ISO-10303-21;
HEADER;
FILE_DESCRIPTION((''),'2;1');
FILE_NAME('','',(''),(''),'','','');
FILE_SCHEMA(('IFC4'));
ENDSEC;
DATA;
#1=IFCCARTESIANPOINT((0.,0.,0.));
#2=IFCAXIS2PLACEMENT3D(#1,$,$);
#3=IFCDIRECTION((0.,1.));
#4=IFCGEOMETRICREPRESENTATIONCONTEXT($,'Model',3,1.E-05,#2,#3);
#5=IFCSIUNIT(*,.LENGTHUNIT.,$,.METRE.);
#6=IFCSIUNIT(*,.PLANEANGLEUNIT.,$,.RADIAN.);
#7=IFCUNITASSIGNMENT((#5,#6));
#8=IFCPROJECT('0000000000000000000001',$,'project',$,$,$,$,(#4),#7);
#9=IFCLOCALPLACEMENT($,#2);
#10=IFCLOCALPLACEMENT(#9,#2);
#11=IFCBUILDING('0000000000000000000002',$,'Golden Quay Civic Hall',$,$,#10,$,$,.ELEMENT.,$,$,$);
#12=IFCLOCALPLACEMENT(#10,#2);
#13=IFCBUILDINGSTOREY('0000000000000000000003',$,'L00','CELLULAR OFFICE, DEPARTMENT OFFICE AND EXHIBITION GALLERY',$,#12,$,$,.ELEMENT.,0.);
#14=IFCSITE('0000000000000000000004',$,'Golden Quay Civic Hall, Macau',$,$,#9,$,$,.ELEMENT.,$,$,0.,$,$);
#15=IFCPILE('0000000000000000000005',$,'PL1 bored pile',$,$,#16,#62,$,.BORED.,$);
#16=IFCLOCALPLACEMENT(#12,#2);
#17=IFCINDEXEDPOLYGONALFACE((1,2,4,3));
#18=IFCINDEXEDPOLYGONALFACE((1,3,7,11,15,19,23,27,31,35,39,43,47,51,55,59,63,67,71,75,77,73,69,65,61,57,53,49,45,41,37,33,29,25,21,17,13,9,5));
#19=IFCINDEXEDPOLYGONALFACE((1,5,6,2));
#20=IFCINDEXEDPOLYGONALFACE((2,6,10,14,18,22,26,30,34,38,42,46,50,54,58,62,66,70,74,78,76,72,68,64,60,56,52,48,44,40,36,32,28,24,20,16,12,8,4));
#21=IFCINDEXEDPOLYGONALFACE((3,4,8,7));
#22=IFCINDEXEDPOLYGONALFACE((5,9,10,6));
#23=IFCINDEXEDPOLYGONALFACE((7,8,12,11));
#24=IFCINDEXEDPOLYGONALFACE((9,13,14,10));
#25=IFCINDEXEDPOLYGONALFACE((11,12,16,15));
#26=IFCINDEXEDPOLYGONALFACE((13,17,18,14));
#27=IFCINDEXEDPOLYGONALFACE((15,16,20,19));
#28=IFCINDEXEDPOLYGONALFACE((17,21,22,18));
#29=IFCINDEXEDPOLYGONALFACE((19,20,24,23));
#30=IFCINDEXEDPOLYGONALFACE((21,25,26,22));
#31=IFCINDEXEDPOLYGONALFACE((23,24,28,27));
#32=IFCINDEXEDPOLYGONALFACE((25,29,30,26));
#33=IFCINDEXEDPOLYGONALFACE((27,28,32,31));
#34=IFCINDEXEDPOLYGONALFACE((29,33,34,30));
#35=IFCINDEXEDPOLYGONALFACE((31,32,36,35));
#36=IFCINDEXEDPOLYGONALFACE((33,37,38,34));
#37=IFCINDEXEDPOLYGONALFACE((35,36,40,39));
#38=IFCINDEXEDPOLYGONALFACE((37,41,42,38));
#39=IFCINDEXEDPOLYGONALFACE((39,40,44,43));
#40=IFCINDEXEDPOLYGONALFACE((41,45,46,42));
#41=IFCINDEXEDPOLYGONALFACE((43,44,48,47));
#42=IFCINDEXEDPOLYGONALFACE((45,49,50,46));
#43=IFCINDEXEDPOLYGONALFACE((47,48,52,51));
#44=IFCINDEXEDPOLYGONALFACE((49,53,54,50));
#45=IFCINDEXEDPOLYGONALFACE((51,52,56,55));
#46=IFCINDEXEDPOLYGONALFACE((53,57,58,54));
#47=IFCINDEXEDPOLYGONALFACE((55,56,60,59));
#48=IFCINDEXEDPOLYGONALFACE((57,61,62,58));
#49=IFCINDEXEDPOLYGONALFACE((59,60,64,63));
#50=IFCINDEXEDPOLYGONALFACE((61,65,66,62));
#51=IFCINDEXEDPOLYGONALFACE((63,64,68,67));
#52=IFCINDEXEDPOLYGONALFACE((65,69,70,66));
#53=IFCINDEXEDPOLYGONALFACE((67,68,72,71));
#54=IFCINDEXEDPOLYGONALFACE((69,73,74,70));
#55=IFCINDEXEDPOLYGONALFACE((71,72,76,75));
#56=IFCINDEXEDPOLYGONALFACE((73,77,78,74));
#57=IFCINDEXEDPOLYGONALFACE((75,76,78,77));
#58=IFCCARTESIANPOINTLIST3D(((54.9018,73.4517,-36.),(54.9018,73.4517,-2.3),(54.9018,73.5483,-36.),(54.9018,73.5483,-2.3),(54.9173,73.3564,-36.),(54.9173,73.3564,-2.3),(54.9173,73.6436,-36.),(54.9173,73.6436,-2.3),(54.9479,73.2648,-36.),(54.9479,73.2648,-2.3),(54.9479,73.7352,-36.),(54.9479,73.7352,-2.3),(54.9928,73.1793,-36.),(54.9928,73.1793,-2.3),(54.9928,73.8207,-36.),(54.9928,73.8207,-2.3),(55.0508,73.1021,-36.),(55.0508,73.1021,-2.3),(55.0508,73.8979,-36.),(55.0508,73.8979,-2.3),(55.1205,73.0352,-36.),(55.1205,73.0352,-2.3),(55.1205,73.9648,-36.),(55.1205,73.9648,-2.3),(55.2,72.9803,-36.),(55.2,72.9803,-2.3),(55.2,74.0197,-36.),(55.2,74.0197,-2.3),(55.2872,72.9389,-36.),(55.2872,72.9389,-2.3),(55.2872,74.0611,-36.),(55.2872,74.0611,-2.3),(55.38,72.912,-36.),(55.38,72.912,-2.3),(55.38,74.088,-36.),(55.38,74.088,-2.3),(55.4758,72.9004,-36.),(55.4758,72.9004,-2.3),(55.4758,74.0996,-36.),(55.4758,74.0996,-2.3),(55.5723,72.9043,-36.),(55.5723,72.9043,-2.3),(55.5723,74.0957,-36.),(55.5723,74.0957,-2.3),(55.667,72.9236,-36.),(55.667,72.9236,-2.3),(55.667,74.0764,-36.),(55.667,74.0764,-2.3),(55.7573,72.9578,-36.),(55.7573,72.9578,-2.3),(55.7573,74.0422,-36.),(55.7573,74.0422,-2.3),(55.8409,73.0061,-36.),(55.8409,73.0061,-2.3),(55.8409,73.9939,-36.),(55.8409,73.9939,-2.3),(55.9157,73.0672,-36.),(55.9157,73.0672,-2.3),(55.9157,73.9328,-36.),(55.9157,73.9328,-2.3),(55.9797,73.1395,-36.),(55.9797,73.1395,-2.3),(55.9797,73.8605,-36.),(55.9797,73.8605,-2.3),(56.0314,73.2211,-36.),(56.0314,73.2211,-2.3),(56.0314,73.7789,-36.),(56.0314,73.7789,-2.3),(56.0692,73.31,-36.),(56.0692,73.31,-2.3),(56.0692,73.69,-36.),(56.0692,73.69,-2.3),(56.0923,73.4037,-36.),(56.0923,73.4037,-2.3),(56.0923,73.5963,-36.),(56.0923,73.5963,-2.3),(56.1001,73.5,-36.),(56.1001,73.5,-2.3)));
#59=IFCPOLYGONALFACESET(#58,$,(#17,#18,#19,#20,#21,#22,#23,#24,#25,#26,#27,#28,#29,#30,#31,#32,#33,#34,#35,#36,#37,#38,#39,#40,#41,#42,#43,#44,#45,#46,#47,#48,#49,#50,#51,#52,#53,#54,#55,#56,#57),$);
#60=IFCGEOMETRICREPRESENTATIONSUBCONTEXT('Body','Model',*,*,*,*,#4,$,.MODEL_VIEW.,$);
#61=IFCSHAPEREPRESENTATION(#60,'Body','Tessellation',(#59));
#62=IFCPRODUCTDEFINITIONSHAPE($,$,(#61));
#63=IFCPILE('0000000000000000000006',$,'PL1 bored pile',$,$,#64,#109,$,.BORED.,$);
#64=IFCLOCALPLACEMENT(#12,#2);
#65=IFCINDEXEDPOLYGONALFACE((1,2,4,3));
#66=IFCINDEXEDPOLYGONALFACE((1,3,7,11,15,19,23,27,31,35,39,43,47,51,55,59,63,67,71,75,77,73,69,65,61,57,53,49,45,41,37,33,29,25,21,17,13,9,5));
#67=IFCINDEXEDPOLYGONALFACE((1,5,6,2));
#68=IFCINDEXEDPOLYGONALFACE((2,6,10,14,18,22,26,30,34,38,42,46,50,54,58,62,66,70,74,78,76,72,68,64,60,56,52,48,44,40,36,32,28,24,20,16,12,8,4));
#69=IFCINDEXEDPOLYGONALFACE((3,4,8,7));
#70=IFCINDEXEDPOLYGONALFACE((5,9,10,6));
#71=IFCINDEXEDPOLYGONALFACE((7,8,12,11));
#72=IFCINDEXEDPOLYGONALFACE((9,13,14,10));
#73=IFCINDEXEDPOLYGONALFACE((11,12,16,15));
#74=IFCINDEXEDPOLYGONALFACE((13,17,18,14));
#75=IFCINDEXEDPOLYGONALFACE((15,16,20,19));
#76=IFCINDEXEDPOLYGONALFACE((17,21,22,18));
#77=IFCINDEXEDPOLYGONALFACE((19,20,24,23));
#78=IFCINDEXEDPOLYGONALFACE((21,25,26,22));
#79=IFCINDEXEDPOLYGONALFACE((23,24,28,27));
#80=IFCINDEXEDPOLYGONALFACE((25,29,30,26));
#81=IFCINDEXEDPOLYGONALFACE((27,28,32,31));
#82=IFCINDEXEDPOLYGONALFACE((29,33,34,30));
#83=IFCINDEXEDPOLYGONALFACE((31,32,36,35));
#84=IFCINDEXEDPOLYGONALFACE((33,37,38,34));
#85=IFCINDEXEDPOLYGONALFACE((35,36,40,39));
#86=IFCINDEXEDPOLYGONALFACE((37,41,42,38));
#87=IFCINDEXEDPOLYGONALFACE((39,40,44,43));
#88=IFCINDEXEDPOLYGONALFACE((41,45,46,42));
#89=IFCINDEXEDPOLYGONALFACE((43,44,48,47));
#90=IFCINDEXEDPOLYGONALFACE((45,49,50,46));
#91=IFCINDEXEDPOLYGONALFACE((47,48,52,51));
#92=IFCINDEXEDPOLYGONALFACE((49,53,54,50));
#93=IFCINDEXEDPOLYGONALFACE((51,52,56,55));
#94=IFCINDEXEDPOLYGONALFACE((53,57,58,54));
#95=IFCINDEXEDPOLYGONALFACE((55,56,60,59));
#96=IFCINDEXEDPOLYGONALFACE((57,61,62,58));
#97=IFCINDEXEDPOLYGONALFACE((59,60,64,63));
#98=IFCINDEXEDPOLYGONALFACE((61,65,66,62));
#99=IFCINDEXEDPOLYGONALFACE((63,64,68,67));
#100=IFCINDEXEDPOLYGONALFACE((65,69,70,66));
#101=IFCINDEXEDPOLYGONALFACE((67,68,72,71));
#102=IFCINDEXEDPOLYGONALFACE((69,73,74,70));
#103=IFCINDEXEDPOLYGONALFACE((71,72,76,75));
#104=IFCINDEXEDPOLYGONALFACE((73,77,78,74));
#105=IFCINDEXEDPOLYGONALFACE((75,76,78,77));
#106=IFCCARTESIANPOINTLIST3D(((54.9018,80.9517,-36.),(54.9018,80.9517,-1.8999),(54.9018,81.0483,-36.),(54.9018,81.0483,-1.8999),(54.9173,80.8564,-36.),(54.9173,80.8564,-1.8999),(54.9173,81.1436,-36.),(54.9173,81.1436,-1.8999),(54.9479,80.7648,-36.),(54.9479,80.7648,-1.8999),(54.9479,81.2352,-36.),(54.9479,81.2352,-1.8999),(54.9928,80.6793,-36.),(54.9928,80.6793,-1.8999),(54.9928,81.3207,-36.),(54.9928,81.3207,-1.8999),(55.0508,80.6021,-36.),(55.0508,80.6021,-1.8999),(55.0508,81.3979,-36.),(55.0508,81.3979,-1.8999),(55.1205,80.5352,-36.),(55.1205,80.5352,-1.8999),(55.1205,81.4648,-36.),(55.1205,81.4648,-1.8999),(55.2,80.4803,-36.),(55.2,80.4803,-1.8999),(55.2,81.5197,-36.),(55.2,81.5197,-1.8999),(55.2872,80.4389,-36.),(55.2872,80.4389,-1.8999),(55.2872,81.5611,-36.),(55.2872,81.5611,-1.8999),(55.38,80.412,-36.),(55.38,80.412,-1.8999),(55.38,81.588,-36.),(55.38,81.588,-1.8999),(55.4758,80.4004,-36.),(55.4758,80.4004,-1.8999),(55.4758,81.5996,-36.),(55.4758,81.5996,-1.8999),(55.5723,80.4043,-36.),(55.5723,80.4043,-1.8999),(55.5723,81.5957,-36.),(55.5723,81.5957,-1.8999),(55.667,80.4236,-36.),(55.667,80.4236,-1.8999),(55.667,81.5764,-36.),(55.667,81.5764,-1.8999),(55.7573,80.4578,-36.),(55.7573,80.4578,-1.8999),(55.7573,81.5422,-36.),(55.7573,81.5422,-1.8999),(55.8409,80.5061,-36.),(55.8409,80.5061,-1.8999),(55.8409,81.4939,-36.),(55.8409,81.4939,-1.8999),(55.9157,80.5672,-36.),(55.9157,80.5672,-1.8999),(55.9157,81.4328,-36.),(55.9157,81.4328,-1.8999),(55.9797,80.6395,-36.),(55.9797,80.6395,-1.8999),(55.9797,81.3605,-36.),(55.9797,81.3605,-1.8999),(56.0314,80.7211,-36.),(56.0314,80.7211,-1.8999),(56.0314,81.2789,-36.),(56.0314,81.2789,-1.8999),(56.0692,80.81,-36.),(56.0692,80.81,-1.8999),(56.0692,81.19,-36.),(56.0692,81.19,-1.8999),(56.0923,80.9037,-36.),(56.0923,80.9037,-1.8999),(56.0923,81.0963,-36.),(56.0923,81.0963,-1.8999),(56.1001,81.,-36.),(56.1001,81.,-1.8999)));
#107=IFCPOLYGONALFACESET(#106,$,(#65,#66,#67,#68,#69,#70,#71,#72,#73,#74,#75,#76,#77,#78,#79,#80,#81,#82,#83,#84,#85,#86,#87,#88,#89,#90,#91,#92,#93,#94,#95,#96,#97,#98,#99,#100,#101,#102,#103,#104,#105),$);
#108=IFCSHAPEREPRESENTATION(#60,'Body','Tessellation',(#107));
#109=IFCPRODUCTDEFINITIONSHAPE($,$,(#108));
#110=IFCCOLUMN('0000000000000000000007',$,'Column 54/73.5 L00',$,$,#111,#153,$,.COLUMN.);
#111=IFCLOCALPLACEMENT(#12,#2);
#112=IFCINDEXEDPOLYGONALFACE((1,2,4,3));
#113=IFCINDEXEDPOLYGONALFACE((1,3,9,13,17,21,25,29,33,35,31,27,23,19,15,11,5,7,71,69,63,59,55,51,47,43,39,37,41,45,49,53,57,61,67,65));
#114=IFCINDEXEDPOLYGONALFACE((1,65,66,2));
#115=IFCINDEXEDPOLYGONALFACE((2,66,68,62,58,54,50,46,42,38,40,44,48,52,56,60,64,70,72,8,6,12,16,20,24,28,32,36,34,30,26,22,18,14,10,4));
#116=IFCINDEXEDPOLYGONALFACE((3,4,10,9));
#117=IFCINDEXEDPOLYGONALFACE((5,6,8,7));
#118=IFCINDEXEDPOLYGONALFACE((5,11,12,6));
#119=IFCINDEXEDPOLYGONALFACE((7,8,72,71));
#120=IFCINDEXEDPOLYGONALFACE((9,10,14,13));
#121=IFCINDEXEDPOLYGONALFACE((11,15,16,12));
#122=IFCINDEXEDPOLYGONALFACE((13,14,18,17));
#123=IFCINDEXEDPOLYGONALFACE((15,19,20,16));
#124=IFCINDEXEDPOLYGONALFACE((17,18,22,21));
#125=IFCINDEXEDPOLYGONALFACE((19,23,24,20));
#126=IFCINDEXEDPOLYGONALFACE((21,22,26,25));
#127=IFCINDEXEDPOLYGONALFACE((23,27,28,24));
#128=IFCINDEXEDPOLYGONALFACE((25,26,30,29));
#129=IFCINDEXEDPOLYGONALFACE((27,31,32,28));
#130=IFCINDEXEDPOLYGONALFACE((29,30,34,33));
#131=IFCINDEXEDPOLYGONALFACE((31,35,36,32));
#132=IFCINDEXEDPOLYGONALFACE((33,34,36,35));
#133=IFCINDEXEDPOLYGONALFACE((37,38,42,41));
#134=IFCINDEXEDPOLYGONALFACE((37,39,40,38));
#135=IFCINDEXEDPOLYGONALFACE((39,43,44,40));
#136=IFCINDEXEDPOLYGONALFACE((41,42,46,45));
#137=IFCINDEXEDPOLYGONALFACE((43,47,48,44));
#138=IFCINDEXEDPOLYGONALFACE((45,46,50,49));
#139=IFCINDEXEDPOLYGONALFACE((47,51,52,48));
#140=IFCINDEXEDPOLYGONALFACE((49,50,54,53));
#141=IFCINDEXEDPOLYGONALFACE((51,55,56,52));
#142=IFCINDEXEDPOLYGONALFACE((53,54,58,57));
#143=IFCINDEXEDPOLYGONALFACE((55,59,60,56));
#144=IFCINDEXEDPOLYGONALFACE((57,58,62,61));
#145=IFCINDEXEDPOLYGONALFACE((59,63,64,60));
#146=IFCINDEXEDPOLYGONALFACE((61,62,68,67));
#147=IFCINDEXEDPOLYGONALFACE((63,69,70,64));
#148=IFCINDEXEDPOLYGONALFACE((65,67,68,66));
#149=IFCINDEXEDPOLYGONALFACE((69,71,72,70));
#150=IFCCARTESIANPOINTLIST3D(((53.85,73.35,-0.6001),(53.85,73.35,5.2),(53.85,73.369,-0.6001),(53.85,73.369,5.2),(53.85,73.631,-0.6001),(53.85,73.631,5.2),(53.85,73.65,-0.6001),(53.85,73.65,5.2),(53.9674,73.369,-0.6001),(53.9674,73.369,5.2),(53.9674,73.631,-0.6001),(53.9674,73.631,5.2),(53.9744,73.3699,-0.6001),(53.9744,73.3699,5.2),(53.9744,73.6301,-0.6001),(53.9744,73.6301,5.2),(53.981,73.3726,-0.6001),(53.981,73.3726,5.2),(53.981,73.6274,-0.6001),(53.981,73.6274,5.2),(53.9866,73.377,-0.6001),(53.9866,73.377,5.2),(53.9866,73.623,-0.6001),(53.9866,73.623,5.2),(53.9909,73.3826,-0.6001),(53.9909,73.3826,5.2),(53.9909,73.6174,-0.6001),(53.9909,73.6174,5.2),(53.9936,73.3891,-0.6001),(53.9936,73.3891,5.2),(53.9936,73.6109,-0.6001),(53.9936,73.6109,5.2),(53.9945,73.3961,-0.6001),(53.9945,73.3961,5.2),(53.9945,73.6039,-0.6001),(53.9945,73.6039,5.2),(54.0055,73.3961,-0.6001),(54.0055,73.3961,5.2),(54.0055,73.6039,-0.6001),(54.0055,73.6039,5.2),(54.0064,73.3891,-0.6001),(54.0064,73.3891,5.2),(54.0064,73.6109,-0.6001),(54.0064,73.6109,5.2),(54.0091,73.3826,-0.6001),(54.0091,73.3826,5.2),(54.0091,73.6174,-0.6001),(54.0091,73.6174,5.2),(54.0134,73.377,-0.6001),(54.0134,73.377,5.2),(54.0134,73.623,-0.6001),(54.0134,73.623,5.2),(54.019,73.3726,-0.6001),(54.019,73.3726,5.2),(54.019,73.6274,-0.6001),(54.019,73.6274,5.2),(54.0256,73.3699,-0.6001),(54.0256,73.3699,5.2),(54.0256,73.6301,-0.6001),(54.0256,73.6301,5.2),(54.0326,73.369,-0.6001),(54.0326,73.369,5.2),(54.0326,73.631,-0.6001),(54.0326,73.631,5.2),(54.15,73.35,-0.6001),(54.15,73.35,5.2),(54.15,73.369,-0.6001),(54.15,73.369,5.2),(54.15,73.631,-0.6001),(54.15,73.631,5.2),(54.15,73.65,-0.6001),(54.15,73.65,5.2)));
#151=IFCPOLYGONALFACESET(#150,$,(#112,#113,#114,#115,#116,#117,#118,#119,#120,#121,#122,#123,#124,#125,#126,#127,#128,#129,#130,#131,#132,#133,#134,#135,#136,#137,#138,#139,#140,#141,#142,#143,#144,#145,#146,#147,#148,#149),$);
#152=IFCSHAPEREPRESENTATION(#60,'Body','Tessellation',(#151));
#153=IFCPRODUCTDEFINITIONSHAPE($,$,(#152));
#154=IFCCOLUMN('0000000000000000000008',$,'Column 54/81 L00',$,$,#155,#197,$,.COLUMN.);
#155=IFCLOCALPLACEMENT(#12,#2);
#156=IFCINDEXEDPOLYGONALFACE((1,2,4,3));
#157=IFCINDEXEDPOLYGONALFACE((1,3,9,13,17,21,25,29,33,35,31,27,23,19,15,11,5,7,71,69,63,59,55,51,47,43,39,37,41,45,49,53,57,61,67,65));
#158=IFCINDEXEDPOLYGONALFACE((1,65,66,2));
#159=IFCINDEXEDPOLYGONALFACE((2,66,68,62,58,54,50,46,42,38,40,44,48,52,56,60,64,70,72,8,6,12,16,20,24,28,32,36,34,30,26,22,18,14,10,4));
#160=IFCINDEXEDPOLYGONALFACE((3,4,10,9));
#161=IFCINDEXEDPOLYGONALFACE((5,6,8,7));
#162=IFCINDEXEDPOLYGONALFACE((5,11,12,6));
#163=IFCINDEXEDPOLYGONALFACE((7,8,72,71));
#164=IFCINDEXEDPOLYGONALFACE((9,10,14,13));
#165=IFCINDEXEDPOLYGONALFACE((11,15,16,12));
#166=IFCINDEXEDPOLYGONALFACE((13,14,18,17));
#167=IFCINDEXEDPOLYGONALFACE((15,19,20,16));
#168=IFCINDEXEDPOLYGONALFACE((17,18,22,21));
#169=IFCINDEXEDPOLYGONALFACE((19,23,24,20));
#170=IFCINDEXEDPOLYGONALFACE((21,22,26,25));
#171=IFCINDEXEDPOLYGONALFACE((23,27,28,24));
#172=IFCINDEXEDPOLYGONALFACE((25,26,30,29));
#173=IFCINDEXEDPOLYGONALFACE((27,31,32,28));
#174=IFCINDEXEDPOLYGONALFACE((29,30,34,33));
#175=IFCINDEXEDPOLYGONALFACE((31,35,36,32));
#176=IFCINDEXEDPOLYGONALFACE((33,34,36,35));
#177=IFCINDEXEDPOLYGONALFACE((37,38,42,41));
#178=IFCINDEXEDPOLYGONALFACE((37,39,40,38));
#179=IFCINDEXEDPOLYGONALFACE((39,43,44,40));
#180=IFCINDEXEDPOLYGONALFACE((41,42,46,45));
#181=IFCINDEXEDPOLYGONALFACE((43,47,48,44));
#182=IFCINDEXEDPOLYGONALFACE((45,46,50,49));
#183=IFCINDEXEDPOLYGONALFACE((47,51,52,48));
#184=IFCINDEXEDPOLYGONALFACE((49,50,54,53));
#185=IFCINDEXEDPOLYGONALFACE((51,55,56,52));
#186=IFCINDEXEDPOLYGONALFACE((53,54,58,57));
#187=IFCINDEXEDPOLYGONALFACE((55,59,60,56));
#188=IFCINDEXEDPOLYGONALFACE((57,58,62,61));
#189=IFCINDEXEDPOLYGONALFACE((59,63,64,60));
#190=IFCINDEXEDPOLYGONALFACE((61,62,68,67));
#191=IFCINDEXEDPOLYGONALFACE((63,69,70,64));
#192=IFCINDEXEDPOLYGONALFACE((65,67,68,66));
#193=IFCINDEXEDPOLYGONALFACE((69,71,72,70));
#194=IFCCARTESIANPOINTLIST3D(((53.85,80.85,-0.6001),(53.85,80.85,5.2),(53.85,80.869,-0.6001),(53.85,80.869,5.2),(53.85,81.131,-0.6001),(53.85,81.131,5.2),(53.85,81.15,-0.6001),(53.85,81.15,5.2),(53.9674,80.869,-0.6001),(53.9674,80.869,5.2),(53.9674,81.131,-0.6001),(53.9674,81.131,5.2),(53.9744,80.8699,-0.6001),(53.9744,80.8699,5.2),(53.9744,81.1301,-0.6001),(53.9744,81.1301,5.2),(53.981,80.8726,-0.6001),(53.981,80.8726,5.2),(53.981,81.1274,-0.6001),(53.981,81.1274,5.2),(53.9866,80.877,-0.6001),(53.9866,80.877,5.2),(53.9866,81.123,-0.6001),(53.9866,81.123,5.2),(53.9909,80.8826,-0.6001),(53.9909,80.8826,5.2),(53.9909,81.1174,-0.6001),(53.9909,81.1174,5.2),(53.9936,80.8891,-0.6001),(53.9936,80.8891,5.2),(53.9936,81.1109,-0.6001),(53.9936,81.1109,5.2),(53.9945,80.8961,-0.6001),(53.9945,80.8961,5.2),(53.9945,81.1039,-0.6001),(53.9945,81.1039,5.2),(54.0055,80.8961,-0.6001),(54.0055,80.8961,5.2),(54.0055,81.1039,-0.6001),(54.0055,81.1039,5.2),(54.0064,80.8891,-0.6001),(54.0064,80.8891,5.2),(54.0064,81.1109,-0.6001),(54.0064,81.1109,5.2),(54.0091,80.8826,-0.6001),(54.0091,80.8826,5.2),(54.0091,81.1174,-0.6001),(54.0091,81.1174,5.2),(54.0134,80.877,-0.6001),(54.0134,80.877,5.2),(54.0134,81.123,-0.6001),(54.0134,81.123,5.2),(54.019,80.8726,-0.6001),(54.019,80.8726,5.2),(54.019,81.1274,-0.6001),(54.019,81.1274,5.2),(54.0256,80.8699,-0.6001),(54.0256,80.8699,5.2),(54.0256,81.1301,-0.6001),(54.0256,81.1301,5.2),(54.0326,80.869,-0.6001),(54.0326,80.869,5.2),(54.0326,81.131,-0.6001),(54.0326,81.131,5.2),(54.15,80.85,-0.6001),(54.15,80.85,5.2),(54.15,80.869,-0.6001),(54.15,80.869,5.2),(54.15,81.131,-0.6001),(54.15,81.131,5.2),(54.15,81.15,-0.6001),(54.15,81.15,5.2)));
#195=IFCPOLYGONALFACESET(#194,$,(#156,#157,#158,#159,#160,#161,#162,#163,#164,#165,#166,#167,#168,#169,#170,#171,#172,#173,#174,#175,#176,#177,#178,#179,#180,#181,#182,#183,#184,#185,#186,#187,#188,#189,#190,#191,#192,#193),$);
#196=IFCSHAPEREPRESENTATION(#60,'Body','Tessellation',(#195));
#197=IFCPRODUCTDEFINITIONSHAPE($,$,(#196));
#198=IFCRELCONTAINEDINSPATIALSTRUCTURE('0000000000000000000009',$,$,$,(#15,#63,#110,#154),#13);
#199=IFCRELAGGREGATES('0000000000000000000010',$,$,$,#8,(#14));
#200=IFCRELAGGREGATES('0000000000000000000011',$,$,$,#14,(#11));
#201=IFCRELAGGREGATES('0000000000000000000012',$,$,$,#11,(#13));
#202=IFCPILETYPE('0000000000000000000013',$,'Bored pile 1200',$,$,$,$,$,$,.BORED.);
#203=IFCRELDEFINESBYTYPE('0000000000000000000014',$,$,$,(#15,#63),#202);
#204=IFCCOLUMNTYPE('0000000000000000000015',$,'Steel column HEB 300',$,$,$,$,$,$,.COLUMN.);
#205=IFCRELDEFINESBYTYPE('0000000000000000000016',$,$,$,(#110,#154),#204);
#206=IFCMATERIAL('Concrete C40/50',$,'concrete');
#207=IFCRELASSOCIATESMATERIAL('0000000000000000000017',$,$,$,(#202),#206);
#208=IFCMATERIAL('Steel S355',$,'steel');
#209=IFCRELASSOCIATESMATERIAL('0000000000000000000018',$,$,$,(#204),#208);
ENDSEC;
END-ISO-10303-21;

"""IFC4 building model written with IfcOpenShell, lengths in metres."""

from ifc_helpers import new_model, si_unit, direction, frame, origin, origin_2d, place, context, subcontext, project, spatial, circle, i_section, extrude, material, material_profile, profile_set, type_object, element, save


model = new_model("IFC4")

# Units and contexts
model_context = context("Model", 3, precision=1e-05, world=origin(), true_north=direction((0.0, 1.0)))
body_context = subcontext(model_context, "Body", "Model", "MODEL_VIEW")
ifc_project = project(units=[si_unit("LENGTHUNIT", "METRE"), si_unit("PLANEANGLEUNIT", "RADIAN")], contexts=[model_context])

# Site, building, storey
site_placement = place(None, origin())
site = spatial("IfcSite", under=ifc_project, at=site_placement, Name="Golden Quay Civic Hall, Macau", CompositionType="ELEMENT", RefElevation=0.0)
building_placement = place(site_placement, origin())
building = spatial("IfcBuilding", under=site, at=building_placement, Name="Golden Quay Civic Hall", CompositionType="ELEMENT")
storey_placement = place(building_placement, origin())
storey = spatial("IfcBuildingStorey", under=building, at=storey_placement, Name="L00", Description="CELLULAR OFFICE, DEPARTMENT OFFICE AND EXHIBITION GALLERY", CompositionType="ELEMENT", Elevation=0.0)

# Piles
ifc_material_1 = material(Name="Concrete C40/50", Category="concrete")
ifc_material_profile_1 = material_profile(ifc_material_1, circle(Radius=0.6001, at=origin_2d()), Name="RC D1200")
ifc_profile_set_1 = profile_set([ifc_material_profile_1], Name="Concrete C40/50")
pile_type = type_object("IfcPileType", Name="Bored pile 1200", PredefinedType="BORED", material=ifc_profile_set_1)
pile_1_placement = place(storey_placement, frame((55.5, 73.5, -2.3), z_axis=(0.0, 0.0, -1.0), x_axis=(1.0, 0.0, 0.0)))
element("IfcPile", 1, at=pile_1_placement, inside=storey, type_object=pile_type, Name="PL1 bored pile", PredefinedType="BORED", context=body_context, shape_type="SweptSolid", body=[
    extrude(circle(Radius=0.6001, at=origin_2d()), origin(), (0.0, 0.0, 1.0), 33.7),
])
pile_2_placement = place(storey_placement, frame((55.5, 81.0, -1.8999), z_axis=(0.0, 0.0, -1.0), x_axis=(1.0, 0.0, 0.0)))
element("IfcPile", 2, at=pile_2_placement, inside=storey, type_object=pile_type, Name="PL1 bored pile", PredefinedType="BORED", context=body_context, shape_type="SweptSolid", body=[
    extrude(circle(Radius=0.6001, at=origin_2d()), origin(), (0.0, 0.0, 1.0), 34.1001),
])

# Columns
ifc_material_2 = material(Name="Steel S355", Category="steel")
ifc_material_profile_2 = material_profile(ifc_material_2, i_section(OverallWidth=0.3, OverallDepth=0.3, WebThickness=0.011, FlangeThickness=0.019, FilletRadius=0.0271, at=origin_2d()), Name="HEB 300")
ifc_profile_set_2 = profile_set([ifc_material_profile_2], Name="Steel S355")
column_type = type_object("IfcColumnType", Name="Steel column HEB 300", PredefinedType="COLUMN", material=ifc_profile_set_2)
for number, where, z_axis, x_axis, name in (
    (3, (54.0, 73.5, -0.6001), (0.0, 0.0, 1.0), (1.0, 0.0, 0.0), "Column 54/73.5 L00"),
    (4, (54.0, 81.0, -0.6001), (0.0, 0.0, 1.0), (1.0, 0.0, 0.0), "Column 54/81 L00"),
):
    element("IfcColumn", number, at=place(storey_placement, frame(where, z_axis=z_axis, x_axis=x_axis)), inside=storey, type_object=column_type, Name=name, PredefinedType="COLUMN", context=body_context, shape_type="SweptSolid", body=[
        extrude(i_section(OverallWidth=0.3, OverallDepth=0.3, WebThickness=0.011, FlangeThickness=0.019, FilletRadius=0.0271, at=origin_2d()), origin(), (0.0, 0.0, 1.0), 5.8),
    ])

save(model, "model.ifc")
